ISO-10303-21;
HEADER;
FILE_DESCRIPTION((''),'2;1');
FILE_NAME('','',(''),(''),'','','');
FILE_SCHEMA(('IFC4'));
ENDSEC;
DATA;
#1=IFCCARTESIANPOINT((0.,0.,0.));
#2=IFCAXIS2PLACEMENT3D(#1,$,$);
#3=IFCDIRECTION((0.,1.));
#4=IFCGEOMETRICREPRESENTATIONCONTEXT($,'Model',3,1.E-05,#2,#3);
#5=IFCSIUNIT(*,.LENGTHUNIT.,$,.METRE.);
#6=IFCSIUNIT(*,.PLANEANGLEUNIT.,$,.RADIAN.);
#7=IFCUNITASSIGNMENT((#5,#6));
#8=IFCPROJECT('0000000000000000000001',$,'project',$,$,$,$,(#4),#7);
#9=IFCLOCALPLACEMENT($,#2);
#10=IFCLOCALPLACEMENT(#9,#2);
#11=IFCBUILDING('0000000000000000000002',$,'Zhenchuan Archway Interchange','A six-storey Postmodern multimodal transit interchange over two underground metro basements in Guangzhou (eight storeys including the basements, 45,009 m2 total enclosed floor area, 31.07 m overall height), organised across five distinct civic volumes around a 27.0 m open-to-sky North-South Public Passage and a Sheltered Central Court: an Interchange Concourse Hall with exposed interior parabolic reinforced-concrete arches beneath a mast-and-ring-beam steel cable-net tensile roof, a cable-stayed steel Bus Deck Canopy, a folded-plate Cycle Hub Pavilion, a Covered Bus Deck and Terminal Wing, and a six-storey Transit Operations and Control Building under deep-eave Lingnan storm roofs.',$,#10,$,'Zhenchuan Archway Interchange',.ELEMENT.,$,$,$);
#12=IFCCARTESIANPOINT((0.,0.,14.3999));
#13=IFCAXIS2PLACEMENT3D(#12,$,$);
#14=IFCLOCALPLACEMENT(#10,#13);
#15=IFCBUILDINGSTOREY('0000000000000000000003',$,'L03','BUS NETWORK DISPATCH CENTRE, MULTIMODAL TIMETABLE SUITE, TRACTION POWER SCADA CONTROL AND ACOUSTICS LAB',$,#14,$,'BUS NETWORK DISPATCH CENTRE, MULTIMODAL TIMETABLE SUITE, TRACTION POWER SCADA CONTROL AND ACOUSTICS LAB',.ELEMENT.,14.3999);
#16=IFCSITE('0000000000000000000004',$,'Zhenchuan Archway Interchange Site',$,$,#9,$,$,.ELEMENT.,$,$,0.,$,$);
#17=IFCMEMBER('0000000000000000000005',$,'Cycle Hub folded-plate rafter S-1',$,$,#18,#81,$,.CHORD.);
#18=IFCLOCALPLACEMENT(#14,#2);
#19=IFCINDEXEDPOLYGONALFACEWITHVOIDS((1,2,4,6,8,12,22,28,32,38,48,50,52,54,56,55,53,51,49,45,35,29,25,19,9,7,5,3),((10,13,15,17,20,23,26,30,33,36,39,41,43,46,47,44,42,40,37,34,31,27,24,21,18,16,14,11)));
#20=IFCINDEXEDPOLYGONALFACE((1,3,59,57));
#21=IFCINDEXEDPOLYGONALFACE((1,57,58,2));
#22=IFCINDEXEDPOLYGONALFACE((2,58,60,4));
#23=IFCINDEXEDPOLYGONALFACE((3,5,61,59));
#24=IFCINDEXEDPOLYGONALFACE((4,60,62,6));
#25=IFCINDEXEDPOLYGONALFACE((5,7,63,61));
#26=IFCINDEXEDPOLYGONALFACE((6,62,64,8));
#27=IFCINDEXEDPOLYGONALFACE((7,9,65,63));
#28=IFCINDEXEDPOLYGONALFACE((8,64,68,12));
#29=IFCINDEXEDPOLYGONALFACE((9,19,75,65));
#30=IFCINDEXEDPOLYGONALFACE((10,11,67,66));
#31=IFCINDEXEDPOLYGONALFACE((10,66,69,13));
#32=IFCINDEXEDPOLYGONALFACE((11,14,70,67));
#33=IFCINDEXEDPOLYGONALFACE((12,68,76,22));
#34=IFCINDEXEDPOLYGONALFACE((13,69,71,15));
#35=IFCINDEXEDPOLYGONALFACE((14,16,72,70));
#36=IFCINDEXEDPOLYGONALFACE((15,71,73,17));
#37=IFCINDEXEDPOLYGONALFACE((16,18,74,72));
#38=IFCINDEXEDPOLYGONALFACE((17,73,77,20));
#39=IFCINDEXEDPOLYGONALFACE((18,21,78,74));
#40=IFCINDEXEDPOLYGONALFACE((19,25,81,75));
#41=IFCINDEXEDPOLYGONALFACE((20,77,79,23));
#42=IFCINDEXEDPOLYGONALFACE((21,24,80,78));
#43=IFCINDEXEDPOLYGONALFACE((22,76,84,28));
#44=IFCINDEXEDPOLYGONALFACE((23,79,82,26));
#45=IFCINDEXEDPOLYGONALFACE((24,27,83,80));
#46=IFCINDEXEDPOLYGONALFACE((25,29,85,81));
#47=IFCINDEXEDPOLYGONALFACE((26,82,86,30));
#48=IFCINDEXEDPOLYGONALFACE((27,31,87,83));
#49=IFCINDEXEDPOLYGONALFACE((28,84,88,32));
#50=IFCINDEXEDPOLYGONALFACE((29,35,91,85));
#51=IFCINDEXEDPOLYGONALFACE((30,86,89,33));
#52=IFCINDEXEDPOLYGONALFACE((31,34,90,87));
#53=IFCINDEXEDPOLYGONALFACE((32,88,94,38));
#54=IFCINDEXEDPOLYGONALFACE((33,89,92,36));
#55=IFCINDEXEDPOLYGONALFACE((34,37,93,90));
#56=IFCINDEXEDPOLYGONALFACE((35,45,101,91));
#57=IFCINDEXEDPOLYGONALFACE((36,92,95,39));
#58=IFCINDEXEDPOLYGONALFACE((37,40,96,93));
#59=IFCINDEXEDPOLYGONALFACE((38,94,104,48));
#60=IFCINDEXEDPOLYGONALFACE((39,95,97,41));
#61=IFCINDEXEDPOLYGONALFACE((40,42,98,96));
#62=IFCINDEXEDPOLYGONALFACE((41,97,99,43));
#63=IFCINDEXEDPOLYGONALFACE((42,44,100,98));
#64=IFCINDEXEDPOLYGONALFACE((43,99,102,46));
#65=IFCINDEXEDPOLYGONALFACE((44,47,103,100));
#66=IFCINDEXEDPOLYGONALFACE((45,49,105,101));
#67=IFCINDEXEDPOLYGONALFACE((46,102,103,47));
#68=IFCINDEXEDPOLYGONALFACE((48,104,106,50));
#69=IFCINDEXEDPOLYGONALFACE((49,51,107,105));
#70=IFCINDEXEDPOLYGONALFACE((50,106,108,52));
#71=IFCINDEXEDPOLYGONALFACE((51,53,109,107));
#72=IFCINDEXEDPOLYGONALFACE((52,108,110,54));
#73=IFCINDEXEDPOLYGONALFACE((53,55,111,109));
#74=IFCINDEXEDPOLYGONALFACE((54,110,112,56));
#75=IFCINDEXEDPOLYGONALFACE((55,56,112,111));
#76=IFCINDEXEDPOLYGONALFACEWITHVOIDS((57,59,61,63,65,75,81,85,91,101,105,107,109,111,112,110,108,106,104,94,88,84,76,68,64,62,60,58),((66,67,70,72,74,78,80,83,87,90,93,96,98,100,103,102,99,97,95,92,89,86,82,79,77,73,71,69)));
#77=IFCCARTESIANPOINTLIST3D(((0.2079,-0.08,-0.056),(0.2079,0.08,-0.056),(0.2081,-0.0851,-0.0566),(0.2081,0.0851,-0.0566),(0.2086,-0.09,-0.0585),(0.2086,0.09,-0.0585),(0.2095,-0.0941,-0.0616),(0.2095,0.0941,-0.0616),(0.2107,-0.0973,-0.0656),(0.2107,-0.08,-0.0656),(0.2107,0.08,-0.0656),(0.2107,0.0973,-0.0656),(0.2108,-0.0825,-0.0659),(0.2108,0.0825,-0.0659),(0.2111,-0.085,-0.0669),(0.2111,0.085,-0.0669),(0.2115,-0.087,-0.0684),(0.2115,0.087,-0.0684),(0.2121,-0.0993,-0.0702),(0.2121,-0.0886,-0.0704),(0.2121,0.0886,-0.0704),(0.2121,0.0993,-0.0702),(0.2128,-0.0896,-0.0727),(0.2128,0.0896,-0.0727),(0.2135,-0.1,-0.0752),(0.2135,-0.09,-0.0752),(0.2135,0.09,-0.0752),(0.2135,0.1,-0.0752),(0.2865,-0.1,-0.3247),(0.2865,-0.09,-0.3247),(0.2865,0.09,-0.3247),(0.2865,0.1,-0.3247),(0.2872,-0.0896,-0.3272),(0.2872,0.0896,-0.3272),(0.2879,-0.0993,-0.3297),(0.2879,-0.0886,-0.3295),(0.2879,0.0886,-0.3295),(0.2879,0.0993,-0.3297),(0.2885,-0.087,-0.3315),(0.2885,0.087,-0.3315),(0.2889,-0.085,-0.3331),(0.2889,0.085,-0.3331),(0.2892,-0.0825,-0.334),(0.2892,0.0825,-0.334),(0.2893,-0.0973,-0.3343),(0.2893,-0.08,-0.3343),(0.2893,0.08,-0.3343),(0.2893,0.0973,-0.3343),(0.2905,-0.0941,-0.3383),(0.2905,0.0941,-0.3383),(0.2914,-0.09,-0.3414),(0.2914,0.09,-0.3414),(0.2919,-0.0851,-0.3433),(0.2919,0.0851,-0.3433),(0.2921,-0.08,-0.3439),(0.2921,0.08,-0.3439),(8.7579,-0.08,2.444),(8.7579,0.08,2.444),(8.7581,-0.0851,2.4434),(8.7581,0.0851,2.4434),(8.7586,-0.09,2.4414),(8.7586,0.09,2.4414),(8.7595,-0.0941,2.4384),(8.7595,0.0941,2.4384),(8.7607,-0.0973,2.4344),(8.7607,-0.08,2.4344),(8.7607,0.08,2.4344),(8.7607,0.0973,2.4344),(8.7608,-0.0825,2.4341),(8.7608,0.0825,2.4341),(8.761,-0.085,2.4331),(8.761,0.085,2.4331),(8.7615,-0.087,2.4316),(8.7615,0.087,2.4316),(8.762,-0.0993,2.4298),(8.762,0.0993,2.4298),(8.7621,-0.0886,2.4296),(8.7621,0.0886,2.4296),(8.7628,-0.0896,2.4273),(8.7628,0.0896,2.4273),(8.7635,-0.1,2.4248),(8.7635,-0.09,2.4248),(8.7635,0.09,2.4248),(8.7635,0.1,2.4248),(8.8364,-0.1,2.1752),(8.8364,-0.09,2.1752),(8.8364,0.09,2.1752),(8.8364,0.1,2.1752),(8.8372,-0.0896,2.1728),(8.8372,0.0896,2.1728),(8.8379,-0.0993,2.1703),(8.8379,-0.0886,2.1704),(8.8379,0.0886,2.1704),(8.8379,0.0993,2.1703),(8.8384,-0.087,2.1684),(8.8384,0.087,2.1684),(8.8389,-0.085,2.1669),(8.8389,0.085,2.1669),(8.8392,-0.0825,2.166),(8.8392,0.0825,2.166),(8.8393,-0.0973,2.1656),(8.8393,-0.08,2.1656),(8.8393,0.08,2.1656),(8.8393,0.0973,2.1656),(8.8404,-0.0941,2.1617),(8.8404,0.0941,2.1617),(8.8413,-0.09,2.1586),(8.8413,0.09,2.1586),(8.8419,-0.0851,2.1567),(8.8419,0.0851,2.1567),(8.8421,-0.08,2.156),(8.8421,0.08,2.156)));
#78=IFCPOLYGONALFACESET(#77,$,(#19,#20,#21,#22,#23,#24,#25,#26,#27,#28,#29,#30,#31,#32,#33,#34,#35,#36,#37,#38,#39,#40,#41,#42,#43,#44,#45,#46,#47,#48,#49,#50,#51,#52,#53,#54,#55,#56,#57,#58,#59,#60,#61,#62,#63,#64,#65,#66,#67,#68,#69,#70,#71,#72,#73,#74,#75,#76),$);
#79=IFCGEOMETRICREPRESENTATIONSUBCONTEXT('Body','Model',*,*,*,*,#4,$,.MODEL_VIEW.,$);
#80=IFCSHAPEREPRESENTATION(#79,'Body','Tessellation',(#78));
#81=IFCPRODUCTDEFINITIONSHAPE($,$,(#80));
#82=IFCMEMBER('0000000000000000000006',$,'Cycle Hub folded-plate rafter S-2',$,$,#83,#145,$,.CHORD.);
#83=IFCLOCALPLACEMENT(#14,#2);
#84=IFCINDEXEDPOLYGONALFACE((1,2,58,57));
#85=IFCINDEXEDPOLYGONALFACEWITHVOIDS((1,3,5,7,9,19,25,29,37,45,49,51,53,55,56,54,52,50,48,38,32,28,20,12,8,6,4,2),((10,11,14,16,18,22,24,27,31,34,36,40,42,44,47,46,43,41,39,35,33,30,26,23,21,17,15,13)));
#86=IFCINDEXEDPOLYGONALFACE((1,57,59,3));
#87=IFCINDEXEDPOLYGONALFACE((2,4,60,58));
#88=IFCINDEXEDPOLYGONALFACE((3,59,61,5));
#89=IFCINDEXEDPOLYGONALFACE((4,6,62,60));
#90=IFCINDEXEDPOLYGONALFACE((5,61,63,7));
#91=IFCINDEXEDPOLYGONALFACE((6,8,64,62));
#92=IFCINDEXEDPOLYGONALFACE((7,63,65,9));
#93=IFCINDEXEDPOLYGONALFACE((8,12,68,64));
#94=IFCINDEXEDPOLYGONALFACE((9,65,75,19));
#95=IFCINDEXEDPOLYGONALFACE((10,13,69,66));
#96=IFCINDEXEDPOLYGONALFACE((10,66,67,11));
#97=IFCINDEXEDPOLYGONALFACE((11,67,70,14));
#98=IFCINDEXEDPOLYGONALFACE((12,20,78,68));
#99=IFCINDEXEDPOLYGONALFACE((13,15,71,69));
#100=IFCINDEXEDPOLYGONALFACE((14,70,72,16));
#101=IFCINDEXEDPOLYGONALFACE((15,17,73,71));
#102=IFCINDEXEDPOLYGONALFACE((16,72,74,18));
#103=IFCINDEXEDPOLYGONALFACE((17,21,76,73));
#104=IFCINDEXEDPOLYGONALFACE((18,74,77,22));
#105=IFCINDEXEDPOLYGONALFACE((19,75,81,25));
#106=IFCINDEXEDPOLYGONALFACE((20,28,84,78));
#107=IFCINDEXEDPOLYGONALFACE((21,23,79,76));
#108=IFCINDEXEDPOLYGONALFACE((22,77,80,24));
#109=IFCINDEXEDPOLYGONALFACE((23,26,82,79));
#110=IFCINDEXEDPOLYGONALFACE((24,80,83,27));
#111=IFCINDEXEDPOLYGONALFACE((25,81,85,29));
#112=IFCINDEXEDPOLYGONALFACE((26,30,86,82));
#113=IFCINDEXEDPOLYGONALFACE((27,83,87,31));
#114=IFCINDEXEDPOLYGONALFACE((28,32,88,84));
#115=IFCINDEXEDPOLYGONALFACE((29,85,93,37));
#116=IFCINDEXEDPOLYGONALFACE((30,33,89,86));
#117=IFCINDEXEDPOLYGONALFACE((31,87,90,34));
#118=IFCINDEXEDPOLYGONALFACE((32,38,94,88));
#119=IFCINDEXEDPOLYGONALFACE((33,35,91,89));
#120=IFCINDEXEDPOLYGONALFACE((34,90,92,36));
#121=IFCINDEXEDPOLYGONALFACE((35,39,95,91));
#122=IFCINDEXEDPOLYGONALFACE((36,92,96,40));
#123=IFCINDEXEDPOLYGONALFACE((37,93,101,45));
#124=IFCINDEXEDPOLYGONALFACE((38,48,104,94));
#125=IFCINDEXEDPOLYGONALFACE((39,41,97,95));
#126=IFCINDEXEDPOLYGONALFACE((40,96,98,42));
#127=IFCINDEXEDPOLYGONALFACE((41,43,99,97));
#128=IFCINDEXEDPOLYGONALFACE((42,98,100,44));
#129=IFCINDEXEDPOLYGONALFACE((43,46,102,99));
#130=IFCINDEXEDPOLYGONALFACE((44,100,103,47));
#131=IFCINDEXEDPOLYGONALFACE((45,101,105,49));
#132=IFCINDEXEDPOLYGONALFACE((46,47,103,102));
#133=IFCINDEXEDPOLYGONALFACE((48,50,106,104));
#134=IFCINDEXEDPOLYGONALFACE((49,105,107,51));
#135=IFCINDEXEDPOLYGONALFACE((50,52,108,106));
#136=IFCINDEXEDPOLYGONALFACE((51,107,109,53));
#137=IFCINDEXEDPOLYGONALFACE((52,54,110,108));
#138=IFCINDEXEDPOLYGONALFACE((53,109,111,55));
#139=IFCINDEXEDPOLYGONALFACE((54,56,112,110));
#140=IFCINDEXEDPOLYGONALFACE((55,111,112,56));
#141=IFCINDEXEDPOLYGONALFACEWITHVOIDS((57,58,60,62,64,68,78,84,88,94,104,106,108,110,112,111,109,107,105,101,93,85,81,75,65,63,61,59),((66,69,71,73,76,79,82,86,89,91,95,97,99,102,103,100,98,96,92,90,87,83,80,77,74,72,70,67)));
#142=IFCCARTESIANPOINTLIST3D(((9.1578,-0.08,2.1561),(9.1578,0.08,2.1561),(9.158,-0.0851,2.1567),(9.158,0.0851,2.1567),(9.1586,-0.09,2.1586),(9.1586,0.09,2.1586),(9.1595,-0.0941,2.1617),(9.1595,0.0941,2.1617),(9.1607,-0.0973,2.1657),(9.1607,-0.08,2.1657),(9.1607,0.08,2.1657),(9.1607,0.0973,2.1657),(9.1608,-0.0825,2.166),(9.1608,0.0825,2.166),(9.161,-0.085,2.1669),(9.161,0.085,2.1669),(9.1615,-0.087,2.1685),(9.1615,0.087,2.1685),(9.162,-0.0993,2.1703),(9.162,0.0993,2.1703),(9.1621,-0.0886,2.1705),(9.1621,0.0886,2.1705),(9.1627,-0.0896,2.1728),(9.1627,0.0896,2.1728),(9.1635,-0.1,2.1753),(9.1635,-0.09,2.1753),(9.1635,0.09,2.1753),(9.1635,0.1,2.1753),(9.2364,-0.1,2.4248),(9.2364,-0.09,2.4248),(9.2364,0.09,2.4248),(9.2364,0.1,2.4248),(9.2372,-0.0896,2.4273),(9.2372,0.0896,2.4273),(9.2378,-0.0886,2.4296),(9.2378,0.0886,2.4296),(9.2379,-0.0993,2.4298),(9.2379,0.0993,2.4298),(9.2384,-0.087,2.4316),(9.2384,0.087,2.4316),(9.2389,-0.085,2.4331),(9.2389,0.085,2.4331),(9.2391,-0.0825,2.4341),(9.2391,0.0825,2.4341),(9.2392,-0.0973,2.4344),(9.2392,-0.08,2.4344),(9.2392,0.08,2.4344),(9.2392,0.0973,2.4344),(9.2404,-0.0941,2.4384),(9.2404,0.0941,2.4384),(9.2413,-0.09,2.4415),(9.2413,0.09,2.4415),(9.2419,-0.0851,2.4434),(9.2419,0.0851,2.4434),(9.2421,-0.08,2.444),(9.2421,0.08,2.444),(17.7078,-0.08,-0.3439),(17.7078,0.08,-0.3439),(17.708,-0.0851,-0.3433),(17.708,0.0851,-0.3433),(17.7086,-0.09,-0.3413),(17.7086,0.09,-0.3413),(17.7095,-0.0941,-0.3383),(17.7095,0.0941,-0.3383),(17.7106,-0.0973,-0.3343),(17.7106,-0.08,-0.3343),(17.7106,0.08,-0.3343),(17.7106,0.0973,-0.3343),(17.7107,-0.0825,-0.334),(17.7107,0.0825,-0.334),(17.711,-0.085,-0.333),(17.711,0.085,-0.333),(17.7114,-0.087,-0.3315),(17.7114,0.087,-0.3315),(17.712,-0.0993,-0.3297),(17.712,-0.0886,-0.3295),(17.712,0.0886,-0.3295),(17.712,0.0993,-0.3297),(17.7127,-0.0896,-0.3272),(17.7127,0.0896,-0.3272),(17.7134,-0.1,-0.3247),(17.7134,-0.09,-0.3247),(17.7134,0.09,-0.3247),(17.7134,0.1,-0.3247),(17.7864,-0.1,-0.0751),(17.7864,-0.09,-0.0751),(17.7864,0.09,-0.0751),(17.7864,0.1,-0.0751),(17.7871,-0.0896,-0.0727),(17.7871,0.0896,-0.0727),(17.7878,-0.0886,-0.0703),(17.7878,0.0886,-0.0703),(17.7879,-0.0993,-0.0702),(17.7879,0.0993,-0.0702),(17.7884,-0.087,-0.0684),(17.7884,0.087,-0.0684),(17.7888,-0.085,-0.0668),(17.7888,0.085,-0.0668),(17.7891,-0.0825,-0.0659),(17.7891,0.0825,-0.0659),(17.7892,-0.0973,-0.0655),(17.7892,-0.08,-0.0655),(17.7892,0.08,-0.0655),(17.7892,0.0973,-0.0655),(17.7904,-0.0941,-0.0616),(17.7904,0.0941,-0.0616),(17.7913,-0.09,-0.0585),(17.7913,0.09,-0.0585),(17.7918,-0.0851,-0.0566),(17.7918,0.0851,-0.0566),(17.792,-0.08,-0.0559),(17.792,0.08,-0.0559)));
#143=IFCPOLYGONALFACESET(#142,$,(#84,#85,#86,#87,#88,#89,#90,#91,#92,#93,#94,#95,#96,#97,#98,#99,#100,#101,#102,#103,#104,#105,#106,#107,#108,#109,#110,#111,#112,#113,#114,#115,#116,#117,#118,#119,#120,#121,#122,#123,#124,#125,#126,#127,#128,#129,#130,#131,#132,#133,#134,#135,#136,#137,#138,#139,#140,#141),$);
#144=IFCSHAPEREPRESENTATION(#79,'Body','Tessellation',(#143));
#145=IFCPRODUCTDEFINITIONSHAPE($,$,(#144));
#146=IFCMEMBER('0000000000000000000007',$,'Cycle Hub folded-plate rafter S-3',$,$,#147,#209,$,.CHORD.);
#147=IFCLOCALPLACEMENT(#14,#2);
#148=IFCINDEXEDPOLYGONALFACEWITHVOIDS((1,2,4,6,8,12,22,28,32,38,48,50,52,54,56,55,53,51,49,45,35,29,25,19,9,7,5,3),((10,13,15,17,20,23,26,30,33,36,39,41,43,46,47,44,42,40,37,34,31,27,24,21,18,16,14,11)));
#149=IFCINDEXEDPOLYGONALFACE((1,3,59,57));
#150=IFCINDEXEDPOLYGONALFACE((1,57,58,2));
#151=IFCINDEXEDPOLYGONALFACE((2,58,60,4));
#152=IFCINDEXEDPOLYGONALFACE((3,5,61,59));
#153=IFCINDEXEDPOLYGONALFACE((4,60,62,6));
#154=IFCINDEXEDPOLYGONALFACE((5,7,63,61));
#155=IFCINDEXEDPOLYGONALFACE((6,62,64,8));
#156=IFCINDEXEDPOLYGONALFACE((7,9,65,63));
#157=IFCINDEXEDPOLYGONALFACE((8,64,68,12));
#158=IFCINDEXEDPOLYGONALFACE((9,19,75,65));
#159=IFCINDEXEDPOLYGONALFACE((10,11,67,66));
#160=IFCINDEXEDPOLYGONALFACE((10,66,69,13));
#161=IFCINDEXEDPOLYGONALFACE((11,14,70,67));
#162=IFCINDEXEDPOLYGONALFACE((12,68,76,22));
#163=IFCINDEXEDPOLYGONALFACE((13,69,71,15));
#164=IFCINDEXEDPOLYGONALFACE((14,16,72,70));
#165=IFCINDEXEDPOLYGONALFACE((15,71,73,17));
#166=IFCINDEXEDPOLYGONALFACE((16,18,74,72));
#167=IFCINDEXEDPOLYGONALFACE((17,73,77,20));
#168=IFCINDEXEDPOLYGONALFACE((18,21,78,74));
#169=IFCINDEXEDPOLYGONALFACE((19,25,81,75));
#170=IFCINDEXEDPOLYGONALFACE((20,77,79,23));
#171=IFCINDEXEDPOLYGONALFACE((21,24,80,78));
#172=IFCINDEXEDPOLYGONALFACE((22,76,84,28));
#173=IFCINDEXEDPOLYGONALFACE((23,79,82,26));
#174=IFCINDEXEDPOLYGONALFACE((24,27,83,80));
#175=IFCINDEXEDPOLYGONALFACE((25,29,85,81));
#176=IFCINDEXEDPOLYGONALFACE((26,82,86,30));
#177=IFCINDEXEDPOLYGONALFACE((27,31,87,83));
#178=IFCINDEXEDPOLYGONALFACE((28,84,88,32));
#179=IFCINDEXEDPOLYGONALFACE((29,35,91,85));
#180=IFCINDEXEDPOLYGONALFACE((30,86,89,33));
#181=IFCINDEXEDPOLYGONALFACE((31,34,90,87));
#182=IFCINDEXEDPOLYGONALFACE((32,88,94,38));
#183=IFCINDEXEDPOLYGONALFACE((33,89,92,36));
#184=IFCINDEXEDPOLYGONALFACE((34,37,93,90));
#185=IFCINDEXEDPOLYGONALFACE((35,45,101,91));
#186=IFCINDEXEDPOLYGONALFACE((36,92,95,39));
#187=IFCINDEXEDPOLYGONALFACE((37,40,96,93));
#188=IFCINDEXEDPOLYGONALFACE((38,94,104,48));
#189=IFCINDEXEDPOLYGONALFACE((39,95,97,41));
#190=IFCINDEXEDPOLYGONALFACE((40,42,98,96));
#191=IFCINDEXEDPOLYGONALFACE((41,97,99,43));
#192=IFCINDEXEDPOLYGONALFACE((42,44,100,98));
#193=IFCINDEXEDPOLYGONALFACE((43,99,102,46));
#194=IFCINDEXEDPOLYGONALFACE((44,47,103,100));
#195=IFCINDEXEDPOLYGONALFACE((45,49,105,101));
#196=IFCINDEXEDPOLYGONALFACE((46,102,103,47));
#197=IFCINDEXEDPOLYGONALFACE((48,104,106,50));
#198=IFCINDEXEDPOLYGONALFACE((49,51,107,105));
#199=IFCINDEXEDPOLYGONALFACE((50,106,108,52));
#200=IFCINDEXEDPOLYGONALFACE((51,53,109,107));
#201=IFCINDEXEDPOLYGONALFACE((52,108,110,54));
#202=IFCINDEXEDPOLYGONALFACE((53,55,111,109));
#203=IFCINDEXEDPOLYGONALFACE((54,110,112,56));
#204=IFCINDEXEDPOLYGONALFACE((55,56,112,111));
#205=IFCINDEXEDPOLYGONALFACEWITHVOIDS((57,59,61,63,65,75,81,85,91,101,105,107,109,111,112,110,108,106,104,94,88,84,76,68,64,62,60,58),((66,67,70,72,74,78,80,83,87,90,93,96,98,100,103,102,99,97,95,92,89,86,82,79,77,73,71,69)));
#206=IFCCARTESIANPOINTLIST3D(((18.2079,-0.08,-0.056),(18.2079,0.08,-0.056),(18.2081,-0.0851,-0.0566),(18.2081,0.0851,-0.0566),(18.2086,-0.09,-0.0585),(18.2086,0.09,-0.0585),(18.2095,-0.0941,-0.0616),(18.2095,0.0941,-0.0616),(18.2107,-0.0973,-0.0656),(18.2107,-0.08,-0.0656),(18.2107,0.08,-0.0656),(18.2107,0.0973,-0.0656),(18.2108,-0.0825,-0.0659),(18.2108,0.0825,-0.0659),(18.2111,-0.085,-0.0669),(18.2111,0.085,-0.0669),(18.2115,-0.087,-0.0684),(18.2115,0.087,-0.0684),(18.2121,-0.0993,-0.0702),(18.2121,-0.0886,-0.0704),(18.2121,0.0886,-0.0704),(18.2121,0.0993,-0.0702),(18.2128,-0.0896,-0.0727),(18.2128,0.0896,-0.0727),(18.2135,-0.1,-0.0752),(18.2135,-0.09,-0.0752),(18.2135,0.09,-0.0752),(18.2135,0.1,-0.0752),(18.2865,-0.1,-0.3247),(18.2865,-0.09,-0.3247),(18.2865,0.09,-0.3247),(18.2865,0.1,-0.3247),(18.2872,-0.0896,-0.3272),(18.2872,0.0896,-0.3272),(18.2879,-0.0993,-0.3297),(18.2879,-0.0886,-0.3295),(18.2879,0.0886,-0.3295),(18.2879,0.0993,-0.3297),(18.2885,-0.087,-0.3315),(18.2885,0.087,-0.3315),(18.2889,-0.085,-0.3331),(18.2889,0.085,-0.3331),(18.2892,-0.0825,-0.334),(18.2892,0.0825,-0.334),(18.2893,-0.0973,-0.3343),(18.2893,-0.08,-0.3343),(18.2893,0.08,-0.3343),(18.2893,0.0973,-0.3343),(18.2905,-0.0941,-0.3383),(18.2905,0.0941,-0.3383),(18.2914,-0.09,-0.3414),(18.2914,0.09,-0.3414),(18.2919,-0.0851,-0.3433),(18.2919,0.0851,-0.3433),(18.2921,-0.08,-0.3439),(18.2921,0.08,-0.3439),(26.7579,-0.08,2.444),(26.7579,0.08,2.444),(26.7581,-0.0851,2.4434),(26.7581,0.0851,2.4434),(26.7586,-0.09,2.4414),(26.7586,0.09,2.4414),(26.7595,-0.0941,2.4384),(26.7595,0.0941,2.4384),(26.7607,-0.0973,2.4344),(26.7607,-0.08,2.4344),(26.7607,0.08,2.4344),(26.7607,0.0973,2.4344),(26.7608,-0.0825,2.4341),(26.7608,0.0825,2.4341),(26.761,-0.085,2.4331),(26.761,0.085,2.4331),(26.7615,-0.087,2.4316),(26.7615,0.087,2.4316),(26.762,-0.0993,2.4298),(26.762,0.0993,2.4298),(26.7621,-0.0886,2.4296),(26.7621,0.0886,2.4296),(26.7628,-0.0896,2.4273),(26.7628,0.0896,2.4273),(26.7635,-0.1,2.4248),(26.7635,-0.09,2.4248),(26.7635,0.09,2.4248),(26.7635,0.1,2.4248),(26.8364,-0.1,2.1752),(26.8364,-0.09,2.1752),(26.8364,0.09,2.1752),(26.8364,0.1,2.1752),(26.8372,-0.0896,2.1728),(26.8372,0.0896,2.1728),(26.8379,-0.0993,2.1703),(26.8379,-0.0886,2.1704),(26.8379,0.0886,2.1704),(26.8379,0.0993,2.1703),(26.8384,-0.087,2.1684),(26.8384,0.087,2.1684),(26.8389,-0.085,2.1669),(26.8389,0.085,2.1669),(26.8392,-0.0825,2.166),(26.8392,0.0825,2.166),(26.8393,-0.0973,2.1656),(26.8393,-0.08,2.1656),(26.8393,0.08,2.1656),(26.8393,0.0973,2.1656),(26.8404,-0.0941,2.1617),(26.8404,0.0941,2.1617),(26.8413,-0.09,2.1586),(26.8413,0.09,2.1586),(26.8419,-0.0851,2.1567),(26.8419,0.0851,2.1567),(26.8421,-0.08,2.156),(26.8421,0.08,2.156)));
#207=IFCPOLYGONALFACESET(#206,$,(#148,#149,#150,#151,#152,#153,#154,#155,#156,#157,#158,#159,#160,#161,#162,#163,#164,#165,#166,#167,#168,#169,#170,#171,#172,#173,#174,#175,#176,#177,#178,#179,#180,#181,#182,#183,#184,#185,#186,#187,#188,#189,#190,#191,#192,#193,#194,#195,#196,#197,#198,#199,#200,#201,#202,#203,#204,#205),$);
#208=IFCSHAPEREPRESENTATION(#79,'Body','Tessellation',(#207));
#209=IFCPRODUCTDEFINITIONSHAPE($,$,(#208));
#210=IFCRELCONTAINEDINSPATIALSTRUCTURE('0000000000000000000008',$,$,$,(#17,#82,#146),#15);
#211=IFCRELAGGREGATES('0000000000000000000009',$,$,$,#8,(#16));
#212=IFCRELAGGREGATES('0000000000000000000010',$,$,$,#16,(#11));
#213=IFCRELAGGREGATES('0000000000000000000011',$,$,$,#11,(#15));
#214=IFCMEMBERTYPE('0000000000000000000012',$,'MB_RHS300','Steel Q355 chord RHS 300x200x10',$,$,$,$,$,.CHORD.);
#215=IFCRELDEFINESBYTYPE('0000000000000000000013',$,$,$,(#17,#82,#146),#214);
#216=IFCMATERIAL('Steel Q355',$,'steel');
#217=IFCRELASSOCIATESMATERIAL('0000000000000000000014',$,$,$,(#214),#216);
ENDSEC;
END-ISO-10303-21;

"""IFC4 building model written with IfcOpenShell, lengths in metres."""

from ifc_helpers import new_model, si_unit, direction, frame, origin, origin_2d, place, context, subcontext, project, spatial, hollow_rectangle, extrude, material, material_profile, profile_set, type_object, element, save


model = new_model("IFC4")

# Units and contexts
model_context = context("Model", 3, precision=1e-05, world=origin(), true_north=direction((0.0, 1.0)))
body_context = subcontext(model_context, "Body", "Model", "MODEL_VIEW")
ifc_project = project(units=[si_unit("LENGTHUNIT", "METRE"), si_unit("PLANEANGLEUNIT", "RADIAN")], contexts=[model_context])

# Site, building, storey
site_placement = place(None, origin())
site = spatial("IfcSite", under=ifc_project, at=site_placement, Name="Zhenchuan Archway Interchange Site", CompositionType="ELEMENT", RefElevation=0.0)
building_placement = place(site_placement, origin())
building = spatial("IfcBuilding", under=site, at=building_placement, Name="Zhenchuan Archway Interchange", Description="A six-storey Postmodern multimodal transit interchange over two underground metro basements in Guangzhou (eight storeys including the basements, 45,009 m2 total enclosed floor area, 31.07 m overall height), organised across five distinct civic volumes around a 27.0 m open-to-sky North-South Public Passage and a Sheltered Central Court: an Interchange Concourse Hall with exposed interior parabolic reinforced-concrete arches beneath a mast-and-ring-beam steel cable-net tensile roof, a cable-stayed steel Bus Deck Canopy, a folded-plate Cycle Hub Pavilion, a Covered Bus Deck and Terminal Wing, and a six-storey Transit Operations and Control Building under deep-eave Lingnan storm roofs.", LongName="Zhenchuan Archway Interchange", CompositionType="ELEMENT")
storey_placement = place(building_placement, frame((0.0, 0.0, 14.3999)))
storey = spatial("IfcBuildingStorey", under=building, at=storey_placement, Name="L03", Description="BUS NETWORK DISPATCH CENTRE, MULTIMODAL TIMETABLE SUITE, TRACTION POWER SCADA CONTROL AND ACOUSTICS LAB", LongName="BUS NETWORK DISPATCH CENTRE, MULTIMODAL TIMETABLE SUITE, TRACTION POWER SCADA CONTROL AND ACOUSTICS LAB", CompositionType="ELEMENT", Elevation=14.3999)

# Shared definitions
ifc_material_1 = material(Name="Steel Q355", Category="steel")

# Members
ifc_material_profile_1 = material_profile(ifc_material_1, hollow_rectangle(XDim=0.2, YDim=0.3, WallThickness=0.01, InnerFilletRadius=0.01, OuterFilletRadius=0.02, at=origin_2d()), Name="RHS 300x200x10")
ifc_profile_set_1 = profile_set([ifc_material_profile_1], Name="Steel Q355")
member_type = type_object("IfcMemberType", Name="MB_RHS300", Description="Steel Q355 chord RHS 300x200x10", PredefinedType="CHORD", material=ifc_profile_set_1)
for number, where, z_axis, x_axis, name in (
    (1, (0.25, 0.0, -0.2), (0.959812, 0.0, 0.280645), (0.0, 1.0, 0.0), "Cycle Hub folded-plate rafter S-1"),
    (2, (9.2, 0.0, 2.3), (0.959812, 0.0, -0.280645), (0.0, 1.0, 0.0), "Cycle Hub folded-plate rafter S-2"),
    (3, (18.25, 0.0, -0.2), (0.959812, 0.0, 0.280645), (0.0, 1.0, 0.0), "Cycle Hub folded-plate rafter S-3"),
):
    element("IfcMember", number, at=place(storey_placement, frame(where, z_axis=z_axis, x_axis=x_axis)), inside=storey, type_object=member_type, Name=name, PredefinedType="CHORD", context=body_context, shape_type="SweptSolid", body=[
        extrude(hollow_rectangle(XDim=0.2, YDim=0.3, WallThickness=0.01, InnerFilletRadius=0.01, OuterFilletRadius=0.02, at=origin_2d()), origin(), (0.0, 0.0, 1.0), 8.908),
    ])

save(model, "model.ifc")
